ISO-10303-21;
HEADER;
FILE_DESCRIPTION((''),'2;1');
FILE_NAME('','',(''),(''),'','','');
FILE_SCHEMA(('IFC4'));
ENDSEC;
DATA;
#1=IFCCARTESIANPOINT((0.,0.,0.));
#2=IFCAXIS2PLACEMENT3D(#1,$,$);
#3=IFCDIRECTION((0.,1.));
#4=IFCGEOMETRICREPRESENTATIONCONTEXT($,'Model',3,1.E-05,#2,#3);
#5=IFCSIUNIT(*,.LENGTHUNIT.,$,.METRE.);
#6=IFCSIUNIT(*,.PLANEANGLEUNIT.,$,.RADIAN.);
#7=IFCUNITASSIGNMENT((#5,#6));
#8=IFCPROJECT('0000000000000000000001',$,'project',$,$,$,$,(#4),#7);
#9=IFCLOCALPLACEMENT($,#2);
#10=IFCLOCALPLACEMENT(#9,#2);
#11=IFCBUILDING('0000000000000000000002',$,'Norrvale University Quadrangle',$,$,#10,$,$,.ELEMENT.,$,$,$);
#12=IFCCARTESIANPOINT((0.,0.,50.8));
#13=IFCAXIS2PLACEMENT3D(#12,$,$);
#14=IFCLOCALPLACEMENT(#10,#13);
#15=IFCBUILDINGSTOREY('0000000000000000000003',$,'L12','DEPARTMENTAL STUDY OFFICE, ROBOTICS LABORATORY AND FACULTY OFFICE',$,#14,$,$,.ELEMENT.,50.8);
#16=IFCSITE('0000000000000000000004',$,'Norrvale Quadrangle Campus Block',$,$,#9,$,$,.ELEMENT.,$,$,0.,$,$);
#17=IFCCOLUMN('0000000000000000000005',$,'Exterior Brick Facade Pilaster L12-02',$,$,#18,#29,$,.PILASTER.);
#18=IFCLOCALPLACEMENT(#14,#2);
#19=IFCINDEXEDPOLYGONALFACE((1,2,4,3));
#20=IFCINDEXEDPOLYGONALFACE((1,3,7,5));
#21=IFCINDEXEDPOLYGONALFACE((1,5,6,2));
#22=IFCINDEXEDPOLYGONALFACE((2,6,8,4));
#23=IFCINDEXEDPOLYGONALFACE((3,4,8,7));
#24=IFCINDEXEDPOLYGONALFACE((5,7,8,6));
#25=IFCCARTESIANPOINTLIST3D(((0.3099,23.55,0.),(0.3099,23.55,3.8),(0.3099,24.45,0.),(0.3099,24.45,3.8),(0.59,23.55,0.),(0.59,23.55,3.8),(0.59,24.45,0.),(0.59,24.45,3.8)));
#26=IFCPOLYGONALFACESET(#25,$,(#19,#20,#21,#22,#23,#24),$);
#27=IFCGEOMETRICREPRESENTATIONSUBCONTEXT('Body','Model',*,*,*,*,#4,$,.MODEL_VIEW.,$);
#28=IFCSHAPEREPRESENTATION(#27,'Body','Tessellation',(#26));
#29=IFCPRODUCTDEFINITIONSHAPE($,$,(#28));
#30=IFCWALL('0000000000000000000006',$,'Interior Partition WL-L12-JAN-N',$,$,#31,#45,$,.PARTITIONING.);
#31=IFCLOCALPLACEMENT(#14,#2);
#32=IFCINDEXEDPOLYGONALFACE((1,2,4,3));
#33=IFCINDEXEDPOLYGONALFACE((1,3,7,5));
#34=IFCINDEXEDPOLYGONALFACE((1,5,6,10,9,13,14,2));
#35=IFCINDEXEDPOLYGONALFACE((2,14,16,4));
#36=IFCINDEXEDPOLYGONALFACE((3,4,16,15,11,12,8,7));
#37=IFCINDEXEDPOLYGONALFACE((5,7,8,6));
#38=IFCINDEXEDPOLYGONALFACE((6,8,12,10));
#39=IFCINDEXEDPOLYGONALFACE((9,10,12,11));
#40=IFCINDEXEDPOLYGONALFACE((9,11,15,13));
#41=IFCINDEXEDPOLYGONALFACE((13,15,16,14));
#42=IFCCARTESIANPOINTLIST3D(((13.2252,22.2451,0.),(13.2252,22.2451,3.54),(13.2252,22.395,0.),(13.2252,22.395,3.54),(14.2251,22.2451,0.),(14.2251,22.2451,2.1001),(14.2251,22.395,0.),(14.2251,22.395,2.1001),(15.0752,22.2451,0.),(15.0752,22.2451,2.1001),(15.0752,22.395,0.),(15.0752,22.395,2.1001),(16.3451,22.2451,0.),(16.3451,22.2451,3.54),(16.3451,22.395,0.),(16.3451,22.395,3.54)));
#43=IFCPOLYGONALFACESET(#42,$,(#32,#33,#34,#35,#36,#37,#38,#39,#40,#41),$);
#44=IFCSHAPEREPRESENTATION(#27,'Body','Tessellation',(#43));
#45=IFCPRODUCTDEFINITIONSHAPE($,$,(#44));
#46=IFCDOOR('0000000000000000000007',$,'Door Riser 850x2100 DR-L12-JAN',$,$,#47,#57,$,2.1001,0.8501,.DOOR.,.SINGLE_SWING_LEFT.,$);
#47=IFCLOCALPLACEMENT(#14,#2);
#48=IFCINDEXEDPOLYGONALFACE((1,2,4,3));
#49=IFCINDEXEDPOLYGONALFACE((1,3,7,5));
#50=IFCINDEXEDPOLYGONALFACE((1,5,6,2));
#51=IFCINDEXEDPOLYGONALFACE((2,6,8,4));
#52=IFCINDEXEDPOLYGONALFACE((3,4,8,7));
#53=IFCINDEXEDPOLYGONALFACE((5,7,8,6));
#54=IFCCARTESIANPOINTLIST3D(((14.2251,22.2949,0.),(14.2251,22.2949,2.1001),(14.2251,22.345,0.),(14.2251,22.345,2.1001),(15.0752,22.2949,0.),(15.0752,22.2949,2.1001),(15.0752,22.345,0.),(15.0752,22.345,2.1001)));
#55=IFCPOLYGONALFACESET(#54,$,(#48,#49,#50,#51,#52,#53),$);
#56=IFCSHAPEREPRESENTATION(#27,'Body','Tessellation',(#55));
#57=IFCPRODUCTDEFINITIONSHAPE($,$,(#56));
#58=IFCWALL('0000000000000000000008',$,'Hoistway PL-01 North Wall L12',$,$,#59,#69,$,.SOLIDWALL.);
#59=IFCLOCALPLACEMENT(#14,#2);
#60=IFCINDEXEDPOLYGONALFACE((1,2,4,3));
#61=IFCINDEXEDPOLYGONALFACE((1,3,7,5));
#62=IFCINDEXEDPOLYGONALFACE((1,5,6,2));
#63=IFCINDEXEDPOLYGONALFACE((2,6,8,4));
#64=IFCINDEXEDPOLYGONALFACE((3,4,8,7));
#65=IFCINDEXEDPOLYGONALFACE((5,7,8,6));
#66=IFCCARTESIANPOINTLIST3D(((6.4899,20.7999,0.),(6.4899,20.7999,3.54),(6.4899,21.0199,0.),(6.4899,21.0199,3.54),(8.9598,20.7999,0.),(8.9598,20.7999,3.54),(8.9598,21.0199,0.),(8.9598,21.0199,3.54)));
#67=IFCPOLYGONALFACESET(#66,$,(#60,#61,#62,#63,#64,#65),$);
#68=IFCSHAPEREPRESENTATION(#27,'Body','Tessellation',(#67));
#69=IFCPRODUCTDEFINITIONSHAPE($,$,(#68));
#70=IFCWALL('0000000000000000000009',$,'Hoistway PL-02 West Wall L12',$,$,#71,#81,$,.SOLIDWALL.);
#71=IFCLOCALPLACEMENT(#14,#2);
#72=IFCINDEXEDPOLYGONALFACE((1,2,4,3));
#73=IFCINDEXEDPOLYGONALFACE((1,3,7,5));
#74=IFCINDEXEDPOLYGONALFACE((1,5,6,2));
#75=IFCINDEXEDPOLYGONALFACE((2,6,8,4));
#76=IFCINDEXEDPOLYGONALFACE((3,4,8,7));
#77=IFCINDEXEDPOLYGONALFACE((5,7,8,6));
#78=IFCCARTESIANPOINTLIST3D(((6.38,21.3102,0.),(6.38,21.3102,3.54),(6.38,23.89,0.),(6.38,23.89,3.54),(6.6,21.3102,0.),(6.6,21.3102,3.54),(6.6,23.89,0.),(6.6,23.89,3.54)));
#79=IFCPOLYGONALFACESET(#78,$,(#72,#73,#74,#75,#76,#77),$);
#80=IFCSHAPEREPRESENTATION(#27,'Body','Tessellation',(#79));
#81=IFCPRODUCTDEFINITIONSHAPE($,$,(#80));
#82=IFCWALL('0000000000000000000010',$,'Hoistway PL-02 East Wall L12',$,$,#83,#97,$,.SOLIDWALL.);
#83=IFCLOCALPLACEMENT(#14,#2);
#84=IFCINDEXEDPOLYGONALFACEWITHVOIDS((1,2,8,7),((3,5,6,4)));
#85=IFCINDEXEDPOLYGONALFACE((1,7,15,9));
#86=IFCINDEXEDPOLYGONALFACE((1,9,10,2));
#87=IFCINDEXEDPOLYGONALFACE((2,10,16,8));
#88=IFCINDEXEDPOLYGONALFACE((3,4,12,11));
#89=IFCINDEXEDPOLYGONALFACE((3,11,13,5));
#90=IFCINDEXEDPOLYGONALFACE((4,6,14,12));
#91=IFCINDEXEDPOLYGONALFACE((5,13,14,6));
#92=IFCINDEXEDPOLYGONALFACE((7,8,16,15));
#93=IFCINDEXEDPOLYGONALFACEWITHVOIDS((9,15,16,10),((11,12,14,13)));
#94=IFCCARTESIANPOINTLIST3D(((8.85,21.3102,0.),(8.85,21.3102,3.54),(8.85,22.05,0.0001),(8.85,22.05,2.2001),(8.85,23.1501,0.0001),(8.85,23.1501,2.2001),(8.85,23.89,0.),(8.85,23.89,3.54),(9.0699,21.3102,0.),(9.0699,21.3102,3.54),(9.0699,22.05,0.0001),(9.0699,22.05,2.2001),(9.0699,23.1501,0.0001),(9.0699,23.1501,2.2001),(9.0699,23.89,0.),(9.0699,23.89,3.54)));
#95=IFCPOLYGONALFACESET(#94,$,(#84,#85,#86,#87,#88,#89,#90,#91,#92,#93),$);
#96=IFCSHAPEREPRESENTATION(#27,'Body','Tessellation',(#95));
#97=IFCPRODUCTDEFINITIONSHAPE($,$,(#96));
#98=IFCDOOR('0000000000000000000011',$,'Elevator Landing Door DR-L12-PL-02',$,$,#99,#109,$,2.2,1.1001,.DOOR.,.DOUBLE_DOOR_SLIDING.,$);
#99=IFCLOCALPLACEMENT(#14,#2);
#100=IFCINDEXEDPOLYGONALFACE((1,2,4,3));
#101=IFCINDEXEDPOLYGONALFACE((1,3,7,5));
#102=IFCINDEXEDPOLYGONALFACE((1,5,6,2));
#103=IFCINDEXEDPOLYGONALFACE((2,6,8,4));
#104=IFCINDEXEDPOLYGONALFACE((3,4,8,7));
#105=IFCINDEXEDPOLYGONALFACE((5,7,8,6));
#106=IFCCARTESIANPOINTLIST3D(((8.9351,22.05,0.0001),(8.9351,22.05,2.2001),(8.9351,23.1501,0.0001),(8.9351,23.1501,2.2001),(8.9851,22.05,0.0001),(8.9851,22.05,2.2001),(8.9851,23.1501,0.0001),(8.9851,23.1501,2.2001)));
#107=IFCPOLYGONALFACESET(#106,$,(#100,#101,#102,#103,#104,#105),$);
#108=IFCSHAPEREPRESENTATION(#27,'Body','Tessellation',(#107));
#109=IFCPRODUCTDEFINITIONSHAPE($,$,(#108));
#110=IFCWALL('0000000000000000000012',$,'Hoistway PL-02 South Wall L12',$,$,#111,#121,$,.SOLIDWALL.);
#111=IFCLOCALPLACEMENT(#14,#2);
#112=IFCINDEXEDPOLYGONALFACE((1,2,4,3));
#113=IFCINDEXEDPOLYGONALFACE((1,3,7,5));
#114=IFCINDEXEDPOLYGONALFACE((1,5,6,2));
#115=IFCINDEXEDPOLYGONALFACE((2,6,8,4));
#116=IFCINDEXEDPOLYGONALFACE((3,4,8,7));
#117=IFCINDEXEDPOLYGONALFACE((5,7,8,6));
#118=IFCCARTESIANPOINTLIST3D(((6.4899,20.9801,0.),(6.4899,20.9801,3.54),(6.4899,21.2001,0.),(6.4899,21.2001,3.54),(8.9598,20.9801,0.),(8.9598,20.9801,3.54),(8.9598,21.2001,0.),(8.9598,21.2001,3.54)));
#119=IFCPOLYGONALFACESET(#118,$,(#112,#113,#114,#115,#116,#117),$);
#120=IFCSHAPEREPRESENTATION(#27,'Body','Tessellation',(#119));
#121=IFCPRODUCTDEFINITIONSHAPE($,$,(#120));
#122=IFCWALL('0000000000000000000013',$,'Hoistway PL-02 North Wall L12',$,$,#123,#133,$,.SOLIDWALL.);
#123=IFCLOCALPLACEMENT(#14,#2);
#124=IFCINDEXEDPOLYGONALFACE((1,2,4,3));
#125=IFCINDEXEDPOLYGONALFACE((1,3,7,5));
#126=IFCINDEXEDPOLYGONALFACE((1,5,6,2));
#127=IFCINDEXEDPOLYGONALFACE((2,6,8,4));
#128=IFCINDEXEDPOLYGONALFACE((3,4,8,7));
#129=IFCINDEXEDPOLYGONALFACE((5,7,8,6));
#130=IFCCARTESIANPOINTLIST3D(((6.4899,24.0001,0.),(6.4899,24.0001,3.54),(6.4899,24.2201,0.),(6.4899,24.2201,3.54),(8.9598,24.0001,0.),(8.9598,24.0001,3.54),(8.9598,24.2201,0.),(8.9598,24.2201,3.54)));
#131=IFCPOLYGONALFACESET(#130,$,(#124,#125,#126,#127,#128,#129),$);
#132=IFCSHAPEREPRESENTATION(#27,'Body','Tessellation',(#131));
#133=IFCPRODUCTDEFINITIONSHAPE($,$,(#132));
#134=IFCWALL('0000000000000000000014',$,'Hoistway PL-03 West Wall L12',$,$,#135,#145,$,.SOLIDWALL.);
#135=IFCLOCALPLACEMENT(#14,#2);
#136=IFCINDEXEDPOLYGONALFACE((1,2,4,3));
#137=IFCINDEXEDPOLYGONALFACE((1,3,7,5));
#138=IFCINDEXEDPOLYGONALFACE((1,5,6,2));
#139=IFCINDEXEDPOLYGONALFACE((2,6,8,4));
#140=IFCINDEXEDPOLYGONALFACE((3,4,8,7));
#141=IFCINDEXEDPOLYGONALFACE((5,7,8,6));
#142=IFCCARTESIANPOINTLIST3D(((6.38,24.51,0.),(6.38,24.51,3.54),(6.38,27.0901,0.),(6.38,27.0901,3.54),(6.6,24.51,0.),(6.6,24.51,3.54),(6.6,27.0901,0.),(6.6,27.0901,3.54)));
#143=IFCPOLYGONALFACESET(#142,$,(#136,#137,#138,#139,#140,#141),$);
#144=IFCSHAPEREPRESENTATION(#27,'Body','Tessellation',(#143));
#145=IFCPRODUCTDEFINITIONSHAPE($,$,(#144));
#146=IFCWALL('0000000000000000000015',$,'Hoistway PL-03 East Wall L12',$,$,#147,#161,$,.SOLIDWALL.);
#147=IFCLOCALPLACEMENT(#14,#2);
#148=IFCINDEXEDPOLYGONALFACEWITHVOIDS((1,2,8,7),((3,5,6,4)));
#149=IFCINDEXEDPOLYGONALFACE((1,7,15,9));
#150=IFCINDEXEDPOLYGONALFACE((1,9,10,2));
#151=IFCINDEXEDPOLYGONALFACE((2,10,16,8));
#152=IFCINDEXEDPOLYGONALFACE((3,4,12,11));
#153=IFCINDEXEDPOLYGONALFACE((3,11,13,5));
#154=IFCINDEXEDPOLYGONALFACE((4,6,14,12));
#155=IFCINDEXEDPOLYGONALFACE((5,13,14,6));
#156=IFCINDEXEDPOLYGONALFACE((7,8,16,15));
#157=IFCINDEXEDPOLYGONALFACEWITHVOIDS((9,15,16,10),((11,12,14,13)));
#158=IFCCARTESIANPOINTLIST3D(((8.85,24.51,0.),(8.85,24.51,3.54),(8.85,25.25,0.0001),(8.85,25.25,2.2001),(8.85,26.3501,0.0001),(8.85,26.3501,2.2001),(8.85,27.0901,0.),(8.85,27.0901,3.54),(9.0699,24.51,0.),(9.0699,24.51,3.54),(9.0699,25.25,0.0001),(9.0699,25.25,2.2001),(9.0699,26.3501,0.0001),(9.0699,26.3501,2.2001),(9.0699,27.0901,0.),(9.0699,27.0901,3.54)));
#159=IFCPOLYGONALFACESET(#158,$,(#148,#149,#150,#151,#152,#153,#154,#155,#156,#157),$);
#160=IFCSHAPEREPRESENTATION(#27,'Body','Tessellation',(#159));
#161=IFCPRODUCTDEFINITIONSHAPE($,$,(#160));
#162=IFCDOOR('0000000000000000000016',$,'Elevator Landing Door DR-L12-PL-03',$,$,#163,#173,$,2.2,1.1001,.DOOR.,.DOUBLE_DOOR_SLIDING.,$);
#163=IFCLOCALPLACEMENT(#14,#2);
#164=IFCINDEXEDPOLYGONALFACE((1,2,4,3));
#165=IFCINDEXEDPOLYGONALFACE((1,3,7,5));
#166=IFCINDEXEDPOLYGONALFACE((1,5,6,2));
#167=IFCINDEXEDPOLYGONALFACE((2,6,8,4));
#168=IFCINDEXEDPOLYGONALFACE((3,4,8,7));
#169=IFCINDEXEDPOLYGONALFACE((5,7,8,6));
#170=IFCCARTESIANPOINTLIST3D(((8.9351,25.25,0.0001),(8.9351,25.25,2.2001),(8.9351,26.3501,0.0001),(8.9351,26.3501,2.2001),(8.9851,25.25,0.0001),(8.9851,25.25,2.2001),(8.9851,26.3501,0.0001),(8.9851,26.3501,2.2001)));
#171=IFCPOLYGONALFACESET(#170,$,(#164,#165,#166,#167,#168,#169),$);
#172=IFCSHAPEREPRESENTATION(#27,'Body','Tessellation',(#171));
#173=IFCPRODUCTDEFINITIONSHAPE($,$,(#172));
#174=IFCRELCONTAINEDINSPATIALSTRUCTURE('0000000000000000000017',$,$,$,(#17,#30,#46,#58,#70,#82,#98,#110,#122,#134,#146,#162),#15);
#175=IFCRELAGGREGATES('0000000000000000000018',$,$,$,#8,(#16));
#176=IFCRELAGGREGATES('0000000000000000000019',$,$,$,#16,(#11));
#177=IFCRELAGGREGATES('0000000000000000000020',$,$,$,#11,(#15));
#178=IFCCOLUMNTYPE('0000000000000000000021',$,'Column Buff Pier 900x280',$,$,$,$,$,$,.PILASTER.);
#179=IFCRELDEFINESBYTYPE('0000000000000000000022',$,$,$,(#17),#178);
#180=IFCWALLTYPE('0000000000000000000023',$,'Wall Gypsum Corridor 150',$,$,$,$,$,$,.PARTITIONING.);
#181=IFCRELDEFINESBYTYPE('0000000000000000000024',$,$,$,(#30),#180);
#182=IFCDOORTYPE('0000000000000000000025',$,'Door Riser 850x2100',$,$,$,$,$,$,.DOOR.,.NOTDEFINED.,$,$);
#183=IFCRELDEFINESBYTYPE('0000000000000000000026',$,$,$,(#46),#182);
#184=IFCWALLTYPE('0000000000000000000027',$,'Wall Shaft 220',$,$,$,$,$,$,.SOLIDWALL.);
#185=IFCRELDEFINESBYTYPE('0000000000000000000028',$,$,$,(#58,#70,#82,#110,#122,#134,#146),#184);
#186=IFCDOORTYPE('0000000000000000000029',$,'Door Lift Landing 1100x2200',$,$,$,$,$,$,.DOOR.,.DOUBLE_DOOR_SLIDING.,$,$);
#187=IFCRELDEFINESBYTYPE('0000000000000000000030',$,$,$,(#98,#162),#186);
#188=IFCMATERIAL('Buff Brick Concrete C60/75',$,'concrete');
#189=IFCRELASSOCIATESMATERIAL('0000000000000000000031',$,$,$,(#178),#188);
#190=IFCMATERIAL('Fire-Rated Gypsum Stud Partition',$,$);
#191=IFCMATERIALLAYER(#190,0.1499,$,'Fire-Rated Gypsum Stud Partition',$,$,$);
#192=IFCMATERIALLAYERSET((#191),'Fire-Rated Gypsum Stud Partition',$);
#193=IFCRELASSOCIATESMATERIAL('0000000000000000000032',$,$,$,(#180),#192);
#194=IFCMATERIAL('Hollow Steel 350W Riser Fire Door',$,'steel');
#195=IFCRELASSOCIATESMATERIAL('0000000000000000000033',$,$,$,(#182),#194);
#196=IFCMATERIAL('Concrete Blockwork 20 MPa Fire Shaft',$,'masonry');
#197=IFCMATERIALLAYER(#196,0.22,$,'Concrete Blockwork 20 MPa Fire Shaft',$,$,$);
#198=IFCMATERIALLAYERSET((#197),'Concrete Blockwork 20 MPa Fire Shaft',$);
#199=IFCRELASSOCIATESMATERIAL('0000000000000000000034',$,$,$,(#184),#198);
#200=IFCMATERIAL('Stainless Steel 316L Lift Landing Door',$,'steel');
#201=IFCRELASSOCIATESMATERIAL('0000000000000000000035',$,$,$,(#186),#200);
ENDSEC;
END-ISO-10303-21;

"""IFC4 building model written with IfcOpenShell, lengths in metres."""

from ifc_helpers import new_model, si_unit, direction, frame, frame_2d, origin, origin_2d, place, context, subcontext, project, spatial, rectangle, extrude, material, layer, layer_set, material_profile, profile_set, type_object, element, fill, save


model = new_model("IFC4")

# Units and contexts
model_context = context("Model", 3, precision=1e-05, world=origin(), true_north=direction((0.0, 1.0)))
body_context = subcontext(model_context, "Body", "Model", "MODEL_VIEW")
ifc_project = project(units=[si_unit("LENGTHUNIT", "METRE"), si_unit("PLANEANGLEUNIT", "RADIAN")], contexts=[model_context])

# Site, building, storey
site_placement = place(None, origin())
site = spatial("IfcSite", under=ifc_project, at=site_placement, Name="Norrvale Quadrangle Campus Block", CompositionType="ELEMENT", RefElevation=0.0)
building_placement = place(site_placement, origin())
building = spatial("IfcBuilding", under=site, at=building_placement, Name="Norrvale University Quadrangle", CompositionType="ELEMENT")
storey_placement = place(building_placement, frame((0.0, 0.0, 50.8)))
storey = spatial("IfcBuildingStorey", under=building, at=storey_placement, Name="L12", Description="DEPARTMENTAL STUDY OFFICE, ROBOTICS LABORATORY AND FACULTY OFFICE", CompositionType="ELEMENT", Elevation=50.8)

# Column
ifc_material_1 = material(Name="Buff Brick Concrete C60/75", Category="concrete")
ifc_material_profile = material_profile(ifc_material_1, rectangle(XDim=0.8999, YDim=0.28, at=origin_2d()), Name="Buff Brick Concrete C60/75")
ifc_profile_set = profile_set([ifc_material_profile], Name="Buff Brick Concrete C60/75")
column_type = type_object("IfcColumnType", Name="Column Buff Pier 900x280", PredefinedType="PILASTER", material=ifc_profile_set)
column_placement = place(storey_placement, frame((0.45, 24.0, 0.0), z_axis=(0.0, 0.0, 1.0), x_axis=(0.0, 1.0, 0.0)))
element("IfcColumn", 1, at=column_placement, inside=storey, type_object=column_type, Name="Exterior Brick Facade Pilaster L12-02", PredefinedType="PILASTER", context=body_context, shape_type="SweptSolid", body=[
    extrude(rectangle(XDim=0.8999, YDim=0.28, at=origin_2d()), origin(), (0.0, 0.0, 1.0), 3.8),
])

# Wall, opening, door
ifc_material_2 = material(Name="Fire-Rated Gypsum Stud Partition")
ifc_layer_1 = layer(ifc_material_2, 0.1499, Name="Fire-Rated Gypsum Stud Partition")
ifc_layer_set_1 = layer_set([ifc_layer_1], Name="Fire-Rated Gypsum Stud Partition")
wall_type_1 = type_object("IfcWallType", Name="Wall Gypsum Corridor 150", PredefinedType="PARTITIONING", material=ifc_layer_set_1)
wall_1_placement = place(storey_placement, frame((13.2251, 22.3201, 0.0), z_axis=(0.0, 0.0, 1.0), x_axis=(1.0, 0.0, 0.0)))
wall_1 = element("IfcWall", 2, at=wall_1_placement, inside=storey, type_object=wall_type_1, Name="Interior Partition WL-L12-JAN-N", PredefinedType="PARTITIONING", context=body_context, shape_type="SweptSolid", body=[
    extrude(rectangle(XDim=3.1199, YDim=0.1499, at=frame_2d((1.5601, 0.0))), origin(), (0.0, 0.0, 1.0), 3.54),
])
opening_1_placement = place(wall_1_placement, frame((1.0, 0.0, 0.0)))
opening_1 = element("IfcOpeningElement", 3, at=opening_1_placement, cuts=wall_1, PredefinedType="OPENING", context=body_context, shape_type="SweptSolid", body=[
    extrude(rectangle(XDim=0.8501, YDim=2.1001, at=frame_2d((0.425, 1.05))), frame((0.0, 0.0869, 0.0), z_axis=(0.0, -1.0, 0.0), x_axis=(1.0, 0.0, 0.0)), (0.0, 0.0, 1.0), 0.1738),
])
ifc_material_3 = material(Name="Hollow Steel 350W Riser Fire Door", Category="steel")
door_type_1 = type_object("IfcDoorType", Name="Door Riser 850x2100", OperationType="NOTDEFINED", PredefinedType="DOOR", material=ifc_material_3)
door_1_placement = place(opening_1_placement, origin())
door_1 = element("IfcDoor", 4, at=door_1_placement, inside=storey, type_object=door_type_1, Name="Door Riser 850x2100 DR-L12-JAN", OperationType="SINGLE_SWING_LEFT", OverallHeight=2.1001, OverallWidth=0.8501, PredefinedType="DOOR", context=body_context, shape_type="SweptSolid", body=[
    extrude(rectangle(XDim=0.8501, YDim=2.1001, at=frame_2d((0.425, 1.05))), frame((0.0, 0.0249, 0.0), z_axis=(0.0, -1.0, 0.0), x_axis=(1.0, 0.0, 0.0)), (0.0, 0.0, 1.0), 0.05),
])
fill(opening_1, door_1)

# Walls
ifc_material_4 = material(Name="Concrete Blockwork 20 MPa Fire Shaft", Category="masonry")
ifc_layer_2 = layer(ifc_material_4, 0.22, Name="Concrete Blockwork 20 MPa Fire Shaft")
ifc_layer_set_2 = layer_set([ifc_layer_2], Name="Concrete Blockwork 20 MPa Fire Shaft")
wall_type_2 = type_object("IfcWallType", Name="Wall Shaft 220", PredefinedType="SOLIDWALL", material=ifc_layer_set_2)
wall_2_placement = place(storey_placement, frame((6.49, 20.9099, 0.0), z_axis=(0.0, 0.0, 1.0), x_axis=(1.0, 0.0, 0.0)))
element("IfcWall", 5, at=wall_2_placement, inside=storey, type_object=wall_type_2, Name="Hoistway PL-01 North Wall L12", PredefinedType="SOLIDWALL", context=body_context, shape_type="SweptSolid", body=[
    extrude(rectangle(XDim=2.47, YDim=0.22, at=frame_2d((1.2349, 0.0))), origin(), (0.0, 0.0, 1.0), 3.54),
])
wall_3_placement = place(storey_placement, frame((6.49, 21.3101, 0.0), z_axis=(0.0, 0.0, 1.0), x_axis=(0.0, 1.0, 0.0)))
element("IfcWall", 6, at=wall_3_placement, inside=storey, type_object=wall_type_2, Name="Hoistway PL-02 West Wall L12", PredefinedType="SOLIDWALL", context=body_context, shape_type="SweptSolid", body=[
    extrude(rectangle(XDim=2.5798, YDim=0.22, at=frame_2d((1.29, 0.0))), origin(), (0.0, 0.0, 1.0), 3.54),
])

# Wall, opening, door
wall_4_placement = place(storey_placement, frame((8.96, 21.3101, 0.0), z_axis=(0.0, 0.0, 1.0), x_axis=(0.0, 1.0, 0.0)))
wall_4 = element("IfcWall", 7, at=wall_4_placement, inside=storey, type_object=wall_type_2, Name="Hoistway PL-02 East Wall L12", PredefinedType="SOLIDWALL", context=body_context, shape_type="SweptSolid", body=[
    extrude(rectangle(XDim=2.5798, YDim=0.22, at=frame_2d((1.29, 0.0))), origin(), (0.0, 0.0, 1.0), 3.54),
])
opening_2_placement = place(wall_4_placement, frame((0.74, 0.0, 0.0)))
opening_2 = element("IfcOpeningElement", 8, at=opening_2_placement, cuts=wall_4, PredefinedType="OPENING", context=body_context, shape_type="SweptSolid", body=[
    extrude(rectangle(XDim=1.1001, YDim=2.2, at=frame_2d((0.55, 1.1001))), frame((0.0, 0.1221, 0.0), z_axis=(0.0, -1.0, 0.0), x_axis=(1.0, 0.0, 0.0)), (0.0, 0.0, 1.0), 0.2439),
])
ifc_material_5 = material(Name="Stainless Steel 316L Lift Landing Door", Category="steel")
door_type_2 = type_object("IfcDoorType", Name="Door Lift Landing 1100x2200", OperationType="DOUBLE_DOOR_SLIDING", PredefinedType="DOOR", material=ifc_material_5)
door_2_placement = place(opening_2_placement, origin())
door_2 = element("IfcDoor", 9, at=door_2_placement, inside=storey, type_object=door_type_2, Name="Elevator Landing Door DR-L12-PL-02", OperationType="DOUBLE_DOOR_SLIDING", OverallHeight=2.2, OverallWidth=1.1001, PredefinedType="DOOR", context=body_context, shape_type="SweptSolid", body=[
    extrude(rectangle(XDim=1.1001, YDim=2.2, at=frame_2d((0.55, 1.1001))), frame((0.0, 0.0249, 0.0), z_axis=(0.0, -1.0, 0.0), x_axis=(1.0, 0.0, 0.0)), (0.0, 0.0, 1.0), 0.05),
])
fill(opening_2, door_2)

# Walls
for number, where, z_axis, x_axis, name in (
    (10, (6.49, 21.0901, 0.0), (0.0, 0.0, 1.0), (1.0, 0.0, 0.0), "Hoistway PL-02 South Wall L12"),
    (11, (6.49, 24.1101, 0.0), (0.0, 0.0, 1.0), (1.0, 0.0, 0.0), "Hoistway PL-02 North Wall L12"),
):
    element("IfcWall", number, at=place(storey_placement, frame(where, z_axis=z_axis, x_axis=x_axis)), inside=storey, type_object=wall_type_2, Name=name, PredefinedType="SOLIDWALL", context=body_context, shape_type="SweptSolid", body=[
        extrude(rectangle(XDim=2.47, YDim=0.22, at=frame_2d((1.2349, 0.0))), origin(), (0.0, 0.0, 1.0), 3.54),
    ])
wall_5_placement = place(storey_placement, frame((6.49, 24.51, 0.0), z_axis=(0.0, 0.0, 1.0), x_axis=(0.0, 1.0, 0.0)))
element("IfcWall", 12, at=wall_5_placement, inside=storey, type_object=wall_type_2, Name="Hoistway PL-03 West Wall L12", PredefinedType="SOLIDWALL", context=body_context, shape_type="SweptSolid", body=[
    extrude(rectangle(XDim=2.5801, YDim=0.22, at=frame_2d((1.29, 0.0))), origin(), (0.0, 0.0, 1.0), 3.54),
])

# Wall, opening, door
wall_6_placement = place(storey_placement, frame((8.96, 24.51, 0.0), z_axis=(0.0, 0.0, 1.0), x_axis=(0.0, 1.0, 0.0)))
wall_6 = element("IfcWall", 13, at=wall_6_placement, inside=storey, type_object=wall_type_2, Name="Hoistway PL-03 East Wall L12", PredefinedType="SOLIDWALL", context=body_context, shape_type="SweptSolid", body=[
    extrude(rectangle(XDim=2.5801, YDim=0.22, at=frame_2d((1.29, 0.0))), origin(), (0.0, 0.0, 1.0), 3.54),
])
opening_3_placement = place(wall_6_placement, frame((0.74, 0.0, 0.0)))
opening_3 = element("IfcOpeningElement", 14, at=opening_3_placement, cuts=wall_6, PredefinedType="OPENING", context=body_context, shape_type="SweptSolid", body=[
    extrude(rectangle(XDim=1.1001, YDim=2.2, at=frame_2d((0.55, 1.1001))), frame((0.0, 0.1221, 0.0), z_axis=(0.0, -1.0, 0.0), x_axis=(1.0, 0.0, 0.0)), (0.0, 0.0, 1.0), 0.2439),
])
door_3_placement = place(opening_3_placement, origin())
door_3 = element("IfcDoor", 15, at=door_3_placement, inside=storey, type_object=door_type_2, Name="Elevator Landing Door DR-L12-PL-03", OperationType="DOUBLE_DOOR_SLIDING", OverallHeight=2.2, OverallWidth=1.1001, PredefinedType="DOOR", context=body_context, shape_type="SweptSolid", body=[
    extrude(rectangle(XDim=1.1001, YDim=2.2, at=frame_2d((0.55, 1.1001))), frame((0.0, 0.0249, 0.0), z_axis=(0.0, -1.0, 0.0), x_axis=(1.0, 0.0, 0.0)), (0.0, 0.0, 1.0), 0.05),
])
fill(opening_3, door_3)

save(model, "model.ifc")
